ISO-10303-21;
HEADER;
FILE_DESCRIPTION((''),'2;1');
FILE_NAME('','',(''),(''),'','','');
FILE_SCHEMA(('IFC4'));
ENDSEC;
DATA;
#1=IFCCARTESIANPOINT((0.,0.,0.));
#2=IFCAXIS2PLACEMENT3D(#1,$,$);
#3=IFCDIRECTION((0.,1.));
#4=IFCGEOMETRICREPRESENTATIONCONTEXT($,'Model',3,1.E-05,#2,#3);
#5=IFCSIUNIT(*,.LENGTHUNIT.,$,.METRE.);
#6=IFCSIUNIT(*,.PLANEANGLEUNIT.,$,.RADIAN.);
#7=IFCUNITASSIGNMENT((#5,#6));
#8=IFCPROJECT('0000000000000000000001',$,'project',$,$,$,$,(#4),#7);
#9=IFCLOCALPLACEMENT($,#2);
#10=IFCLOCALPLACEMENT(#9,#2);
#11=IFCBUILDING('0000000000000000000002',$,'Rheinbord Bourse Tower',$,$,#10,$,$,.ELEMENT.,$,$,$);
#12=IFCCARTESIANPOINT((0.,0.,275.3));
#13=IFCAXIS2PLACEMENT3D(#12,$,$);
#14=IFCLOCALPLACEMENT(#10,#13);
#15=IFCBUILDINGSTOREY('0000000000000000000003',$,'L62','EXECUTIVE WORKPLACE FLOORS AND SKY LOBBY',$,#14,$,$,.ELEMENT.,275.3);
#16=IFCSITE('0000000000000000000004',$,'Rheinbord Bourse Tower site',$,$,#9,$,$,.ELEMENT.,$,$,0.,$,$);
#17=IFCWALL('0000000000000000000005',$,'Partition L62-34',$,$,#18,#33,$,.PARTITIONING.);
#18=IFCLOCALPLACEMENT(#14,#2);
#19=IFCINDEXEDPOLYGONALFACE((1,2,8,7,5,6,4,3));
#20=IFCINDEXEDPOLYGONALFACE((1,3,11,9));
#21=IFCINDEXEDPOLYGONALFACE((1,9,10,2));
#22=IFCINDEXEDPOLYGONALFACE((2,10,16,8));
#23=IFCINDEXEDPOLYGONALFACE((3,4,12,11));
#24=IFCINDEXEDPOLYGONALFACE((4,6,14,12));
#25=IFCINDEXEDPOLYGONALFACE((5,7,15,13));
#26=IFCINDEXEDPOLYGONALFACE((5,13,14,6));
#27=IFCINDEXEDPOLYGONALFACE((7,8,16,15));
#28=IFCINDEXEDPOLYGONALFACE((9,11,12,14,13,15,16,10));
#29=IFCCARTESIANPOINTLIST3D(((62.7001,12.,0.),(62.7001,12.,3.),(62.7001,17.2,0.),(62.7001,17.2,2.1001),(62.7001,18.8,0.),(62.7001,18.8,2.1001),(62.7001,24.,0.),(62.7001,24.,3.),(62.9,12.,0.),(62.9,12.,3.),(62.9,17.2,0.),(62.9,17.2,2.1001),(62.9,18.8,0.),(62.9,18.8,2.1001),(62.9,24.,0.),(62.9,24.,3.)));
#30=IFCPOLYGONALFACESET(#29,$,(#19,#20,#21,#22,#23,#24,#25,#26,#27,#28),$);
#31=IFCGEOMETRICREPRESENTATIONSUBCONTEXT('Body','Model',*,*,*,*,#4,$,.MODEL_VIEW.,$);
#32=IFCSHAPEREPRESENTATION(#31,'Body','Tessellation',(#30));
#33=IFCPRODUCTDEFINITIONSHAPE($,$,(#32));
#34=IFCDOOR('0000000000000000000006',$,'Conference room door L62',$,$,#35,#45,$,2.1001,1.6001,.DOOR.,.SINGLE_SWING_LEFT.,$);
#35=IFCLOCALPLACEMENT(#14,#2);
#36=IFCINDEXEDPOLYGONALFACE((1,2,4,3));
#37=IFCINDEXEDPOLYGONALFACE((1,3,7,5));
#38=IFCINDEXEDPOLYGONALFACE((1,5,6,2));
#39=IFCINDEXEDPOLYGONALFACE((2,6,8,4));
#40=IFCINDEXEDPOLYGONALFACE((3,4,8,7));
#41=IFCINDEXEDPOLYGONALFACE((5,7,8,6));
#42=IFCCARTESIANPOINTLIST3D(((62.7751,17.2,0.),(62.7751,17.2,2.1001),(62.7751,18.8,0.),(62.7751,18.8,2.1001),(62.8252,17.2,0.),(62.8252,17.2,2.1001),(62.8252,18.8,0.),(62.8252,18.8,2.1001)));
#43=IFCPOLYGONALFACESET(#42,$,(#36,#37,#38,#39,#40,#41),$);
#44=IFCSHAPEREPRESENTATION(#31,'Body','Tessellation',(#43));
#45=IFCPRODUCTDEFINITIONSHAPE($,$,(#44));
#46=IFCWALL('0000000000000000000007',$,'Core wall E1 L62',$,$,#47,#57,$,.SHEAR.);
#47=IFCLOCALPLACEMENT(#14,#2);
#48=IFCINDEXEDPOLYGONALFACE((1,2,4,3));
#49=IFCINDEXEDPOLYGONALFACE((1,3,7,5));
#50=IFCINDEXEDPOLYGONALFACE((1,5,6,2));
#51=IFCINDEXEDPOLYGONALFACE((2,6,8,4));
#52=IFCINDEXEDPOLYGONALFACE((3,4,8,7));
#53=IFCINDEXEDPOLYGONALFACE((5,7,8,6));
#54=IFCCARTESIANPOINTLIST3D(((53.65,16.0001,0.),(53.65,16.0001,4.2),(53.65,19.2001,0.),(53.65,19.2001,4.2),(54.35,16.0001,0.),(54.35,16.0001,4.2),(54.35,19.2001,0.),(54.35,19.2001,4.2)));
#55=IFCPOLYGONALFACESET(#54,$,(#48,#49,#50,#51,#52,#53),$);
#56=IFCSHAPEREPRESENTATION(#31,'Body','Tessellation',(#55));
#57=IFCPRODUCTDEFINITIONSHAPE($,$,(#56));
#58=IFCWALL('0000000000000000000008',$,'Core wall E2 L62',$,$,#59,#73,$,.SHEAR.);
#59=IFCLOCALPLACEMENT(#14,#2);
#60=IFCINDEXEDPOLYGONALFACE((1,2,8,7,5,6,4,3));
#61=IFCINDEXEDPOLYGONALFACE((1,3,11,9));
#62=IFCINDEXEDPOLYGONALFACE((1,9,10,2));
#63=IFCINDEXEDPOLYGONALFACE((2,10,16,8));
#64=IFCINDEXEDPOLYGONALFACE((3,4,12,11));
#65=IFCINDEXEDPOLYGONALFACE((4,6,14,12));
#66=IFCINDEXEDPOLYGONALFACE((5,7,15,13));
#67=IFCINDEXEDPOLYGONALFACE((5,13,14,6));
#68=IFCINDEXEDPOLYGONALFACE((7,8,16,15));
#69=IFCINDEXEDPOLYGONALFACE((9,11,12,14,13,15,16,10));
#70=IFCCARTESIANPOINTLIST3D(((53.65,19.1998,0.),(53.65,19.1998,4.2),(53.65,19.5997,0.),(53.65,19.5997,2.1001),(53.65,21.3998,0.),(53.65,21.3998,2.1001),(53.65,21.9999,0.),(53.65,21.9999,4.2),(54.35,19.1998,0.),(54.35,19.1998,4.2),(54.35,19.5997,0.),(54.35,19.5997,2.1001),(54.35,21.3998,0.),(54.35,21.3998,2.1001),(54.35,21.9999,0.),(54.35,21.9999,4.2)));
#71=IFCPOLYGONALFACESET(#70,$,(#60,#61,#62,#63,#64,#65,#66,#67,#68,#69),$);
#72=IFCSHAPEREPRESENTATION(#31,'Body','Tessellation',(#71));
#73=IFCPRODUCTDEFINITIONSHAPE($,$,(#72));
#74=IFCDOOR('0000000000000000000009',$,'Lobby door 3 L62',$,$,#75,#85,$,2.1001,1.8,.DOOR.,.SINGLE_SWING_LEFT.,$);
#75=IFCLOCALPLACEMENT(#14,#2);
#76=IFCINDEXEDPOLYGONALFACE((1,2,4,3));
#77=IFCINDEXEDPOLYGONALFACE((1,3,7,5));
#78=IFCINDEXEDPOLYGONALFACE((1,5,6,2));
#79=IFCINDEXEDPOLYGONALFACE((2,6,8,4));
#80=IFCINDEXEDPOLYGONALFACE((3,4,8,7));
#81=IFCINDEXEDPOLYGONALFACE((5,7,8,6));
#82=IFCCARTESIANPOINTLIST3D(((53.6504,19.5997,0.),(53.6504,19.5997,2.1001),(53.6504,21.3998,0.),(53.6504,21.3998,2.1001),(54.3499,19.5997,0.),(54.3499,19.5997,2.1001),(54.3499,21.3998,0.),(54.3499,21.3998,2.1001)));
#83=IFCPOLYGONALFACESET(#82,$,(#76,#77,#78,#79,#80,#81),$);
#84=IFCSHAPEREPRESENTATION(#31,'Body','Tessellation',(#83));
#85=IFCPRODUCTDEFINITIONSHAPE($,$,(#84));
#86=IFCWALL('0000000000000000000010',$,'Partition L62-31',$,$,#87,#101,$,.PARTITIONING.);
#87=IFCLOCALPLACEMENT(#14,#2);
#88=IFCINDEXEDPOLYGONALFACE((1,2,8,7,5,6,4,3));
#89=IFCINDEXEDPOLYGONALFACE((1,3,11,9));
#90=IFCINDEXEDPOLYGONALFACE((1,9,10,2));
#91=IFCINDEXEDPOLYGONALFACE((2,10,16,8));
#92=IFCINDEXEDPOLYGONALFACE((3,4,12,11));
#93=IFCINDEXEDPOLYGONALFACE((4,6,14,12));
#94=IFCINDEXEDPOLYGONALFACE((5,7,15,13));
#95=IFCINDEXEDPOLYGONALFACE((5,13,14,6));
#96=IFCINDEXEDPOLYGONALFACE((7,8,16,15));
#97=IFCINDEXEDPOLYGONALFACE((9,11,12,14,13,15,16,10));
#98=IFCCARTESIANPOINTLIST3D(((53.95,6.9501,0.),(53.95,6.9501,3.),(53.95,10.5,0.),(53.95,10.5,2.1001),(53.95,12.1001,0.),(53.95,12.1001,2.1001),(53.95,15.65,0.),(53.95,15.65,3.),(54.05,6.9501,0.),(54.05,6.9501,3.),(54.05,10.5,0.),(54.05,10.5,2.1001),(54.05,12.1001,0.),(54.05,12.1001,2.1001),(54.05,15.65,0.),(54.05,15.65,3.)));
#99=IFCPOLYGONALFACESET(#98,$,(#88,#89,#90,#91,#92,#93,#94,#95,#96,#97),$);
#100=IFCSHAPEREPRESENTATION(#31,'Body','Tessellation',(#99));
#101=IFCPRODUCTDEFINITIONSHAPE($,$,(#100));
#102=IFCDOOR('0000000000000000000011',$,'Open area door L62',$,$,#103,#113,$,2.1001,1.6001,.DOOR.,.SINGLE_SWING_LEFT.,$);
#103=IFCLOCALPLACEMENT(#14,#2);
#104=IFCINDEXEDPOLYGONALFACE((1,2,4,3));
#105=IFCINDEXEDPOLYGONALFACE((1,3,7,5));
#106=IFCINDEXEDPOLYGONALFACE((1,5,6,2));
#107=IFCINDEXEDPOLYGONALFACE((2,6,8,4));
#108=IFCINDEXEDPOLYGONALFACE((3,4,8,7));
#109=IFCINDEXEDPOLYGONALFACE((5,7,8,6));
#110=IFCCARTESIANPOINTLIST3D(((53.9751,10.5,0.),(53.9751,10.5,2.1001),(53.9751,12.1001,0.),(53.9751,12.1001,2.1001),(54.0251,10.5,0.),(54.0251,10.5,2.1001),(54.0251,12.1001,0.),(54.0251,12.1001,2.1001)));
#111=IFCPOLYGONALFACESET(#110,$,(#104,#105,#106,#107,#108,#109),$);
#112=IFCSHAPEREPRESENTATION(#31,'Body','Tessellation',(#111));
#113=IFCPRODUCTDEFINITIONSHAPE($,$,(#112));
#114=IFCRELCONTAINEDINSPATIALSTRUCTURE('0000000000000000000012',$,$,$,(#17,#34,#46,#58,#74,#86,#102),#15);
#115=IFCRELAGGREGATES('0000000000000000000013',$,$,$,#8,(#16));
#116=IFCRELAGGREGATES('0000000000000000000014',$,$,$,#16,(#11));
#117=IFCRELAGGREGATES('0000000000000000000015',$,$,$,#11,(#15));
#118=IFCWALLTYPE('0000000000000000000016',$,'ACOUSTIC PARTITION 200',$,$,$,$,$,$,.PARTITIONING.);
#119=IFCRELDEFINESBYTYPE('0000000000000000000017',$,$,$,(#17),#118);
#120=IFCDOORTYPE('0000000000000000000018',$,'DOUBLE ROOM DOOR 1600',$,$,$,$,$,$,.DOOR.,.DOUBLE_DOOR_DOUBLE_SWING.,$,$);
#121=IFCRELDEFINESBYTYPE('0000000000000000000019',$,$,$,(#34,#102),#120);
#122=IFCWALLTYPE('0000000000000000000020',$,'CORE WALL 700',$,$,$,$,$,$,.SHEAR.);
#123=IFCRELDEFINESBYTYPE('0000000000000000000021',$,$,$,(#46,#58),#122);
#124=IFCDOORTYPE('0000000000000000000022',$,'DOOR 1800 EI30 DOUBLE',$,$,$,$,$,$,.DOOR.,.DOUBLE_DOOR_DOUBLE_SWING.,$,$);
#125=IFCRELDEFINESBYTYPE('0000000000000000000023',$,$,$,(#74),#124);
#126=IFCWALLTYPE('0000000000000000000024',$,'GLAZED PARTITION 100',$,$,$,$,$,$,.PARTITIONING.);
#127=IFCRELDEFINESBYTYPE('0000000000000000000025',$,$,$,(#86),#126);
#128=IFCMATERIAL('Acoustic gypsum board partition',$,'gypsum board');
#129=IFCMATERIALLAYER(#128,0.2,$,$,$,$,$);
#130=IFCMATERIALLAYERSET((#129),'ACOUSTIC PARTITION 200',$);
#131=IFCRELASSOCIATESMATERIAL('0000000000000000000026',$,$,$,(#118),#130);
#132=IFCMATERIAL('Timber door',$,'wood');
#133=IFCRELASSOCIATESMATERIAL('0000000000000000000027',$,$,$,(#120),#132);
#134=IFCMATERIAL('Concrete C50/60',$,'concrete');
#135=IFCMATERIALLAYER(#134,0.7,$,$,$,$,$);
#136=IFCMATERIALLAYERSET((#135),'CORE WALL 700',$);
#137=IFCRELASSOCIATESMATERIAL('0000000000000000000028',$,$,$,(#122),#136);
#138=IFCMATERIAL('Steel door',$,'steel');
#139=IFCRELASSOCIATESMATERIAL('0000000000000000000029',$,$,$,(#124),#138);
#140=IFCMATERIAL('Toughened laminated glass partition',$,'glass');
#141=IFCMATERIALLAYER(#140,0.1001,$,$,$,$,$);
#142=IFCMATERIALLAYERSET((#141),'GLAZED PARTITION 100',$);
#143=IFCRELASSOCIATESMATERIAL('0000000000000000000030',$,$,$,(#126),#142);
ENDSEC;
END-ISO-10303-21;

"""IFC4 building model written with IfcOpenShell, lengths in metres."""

from ifc_helpers import new_model, si_unit, direction, frame, frame_2d, origin, place, context, subcontext, project, spatial, rectangle, extrude, material, layer, layer_set, type_object, element, fill, save


model = new_model("IFC4")

# Units and contexts
model_context = context("Model", 3, precision=1e-05, world=origin(), true_north=direction((0.0, 1.0)))
body_context = subcontext(model_context, "Body", "Model", "MODEL_VIEW")
ifc_project = project(units=[si_unit("LENGTHUNIT", "METRE"), si_unit("PLANEANGLEUNIT", "RADIAN")], contexts=[model_context])

# Site, building, storey
site_placement = place(None, origin())
site = spatial("IfcSite", under=ifc_project, at=site_placement, Name="Rheinbord Bourse Tower site", CompositionType="ELEMENT", RefElevation=0.0)
building_placement = place(site_placement, origin())
building = spatial("IfcBuilding", under=site, at=building_placement, Name="Rheinbord Bourse Tower", CompositionType="ELEMENT")
storey_placement = place(building_placement, frame((0.0, 0.0, 275.3)))
storey = spatial("IfcBuildingStorey", under=building, at=storey_placement, Name="L62", Description="EXECUTIVE WORKPLACE FLOORS AND SKY LOBBY", CompositionType="ELEMENT", Elevation=275.3)

# Shared definitions
ifc_material_1 = material(Name="Acoustic gypsum board partition", Category="gypsum board")
ifc_layer_1 = layer(ifc_material_1, 0.2)
ifc_layer_set_1 = layer_set([ifc_layer_1], Name="ACOUSTIC PARTITION 200")
wall_type_1 = type_object("IfcWallType", Name="ACOUSTIC PARTITION 200", PredefinedType="PARTITIONING", material=ifc_layer_set_1)

# Wall, opening, door
wall_1_placement = place(storey_placement, frame((62.8, 12.0, 0.0), z_axis=(0.0, 0.0, 1.0), x_axis=(0.0, 1.0, 0.0)))
wall_1 = element("IfcWall", 1, at=wall_1_placement, inside=storey, type_object=wall_type_1, Name="Partition L62-34", PredefinedType="PARTITIONING", context=body_context, shape_type="SweptSolid", body=[
    extrude(rectangle(XDim=12.0, YDim=0.2, at=frame_2d((6.0, 0.0))), origin(), (0.0, 0.0, 1.0), 3.0),
])
opening_1_placement = place(wall_1_placement, frame((5.2, 0.0, 0.0)))
opening_1 = element("IfcOpeningElement", 2, at=opening_1_placement, cuts=wall_1, PredefinedType="OPENING", context=body_context, shape_type="SweptSolid", body=[
    extrude(rectangle(XDim=1.6001, YDim=2.1001, at=frame_2d((0.8, 1.05))), frame((0.0, 0.1099, 0.0), z_axis=(0.0, -1.0, 0.0), x_axis=(1.0, 0.0, 0.0)), (0.0, 0.0, 1.0), 0.22),
])
ifc_material_2 = material(Name="Timber door", Category="wood")
door_type_1 = type_object("IfcDoorType", Name="DOUBLE ROOM DOOR 1600", OperationType="DOUBLE_DOOR_DOUBLE_SWING", PredefinedType="DOOR", material=ifc_material_2)
door_1_placement = place(opening_1_placement, origin())
door_1 = element("IfcDoor", 3, at=door_1_placement, inside=storey, type_object=door_type_1, Name="Conference room door L62", OperationType="SINGLE_SWING_LEFT", OverallHeight=2.1001, OverallWidth=1.6001, PredefinedType="DOOR", context=body_context, shape_type="SweptSolid", body=[
    extrude(rectangle(XDim=1.6001, YDim=2.1001, at=frame_2d((0.8, 1.05))), frame((0.0, 0.0249, 0.0), z_axis=(0.0, -1.0, 0.0), x_axis=(1.0, 0.0, 0.0)), (0.0, 0.0, 1.0), 0.05),
])
fill(opening_1, door_1)

# Wall
ifc_material_3 = material(Name="Concrete C50/60", Category="concrete")
ifc_layer_2 = layer(ifc_material_3, 0.7)
ifc_layer_set_2 = layer_set([ifc_layer_2], Name="CORE WALL 700")
wall_type_2 = type_object("IfcWallType", Name="CORE WALL 700", PredefinedType="SHEAR", material=ifc_layer_set_2)
wall_2_placement = place(storey_placement, frame((54.0, 16.0, 0.0), z_axis=(0.0, 0.0, 1.0), x_axis=(0.0, 1.0, 0.0)))
element("IfcWall", 4, at=wall_2_placement, inside=storey, type_object=wall_type_2, Name="Core wall E1 L62", PredefinedType="SHEAR", context=body_context, shape_type="SweptSolid", body=[
    extrude(rectangle(XDim=3.2, YDim=0.7, at=frame_2d((1.6001, 0.0))), origin(), (0.0, 0.0, 1.0), 4.2),
])

# Walls, openings, doors
wall_3_placement = place(storey_placement, frame((54.0, 19.2, 0.0), z_axis=(0.0, 0.0, 1.0), x_axis=(0.0, 1.0, 0.0)))
wall_3 = element("IfcWall", 5, at=wall_3_placement, inside=storey, type_object=wall_type_2, Name="Core wall E2 L62", PredefinedType="SHEAR", context=body_context, shape_type="SweptSolid", body=[
    extrude(rectangle(XDim=2.8, YDim=0.7, at=frame_2d((1.3999, 0.0))), origin(), (0.0, 0.0, 1.0), 4.2),
])
opening_2_placement = place(wall_3_placement, frame((0.3999, 0.0, 0.0)))
opening_2 = element("IfcOpeningElement", 6, at=opening_2_placement, cuts=wall_3, PredefinedType="OPENING", context=body_context, shape_type="SweptSolid", body=[
    extrude(rectangle(XDim=1.8, YDim=2.1001, at=frame_2d((0.8999, 1.05))), frame((0.0, 0.3599, 0.0), z_axis=(0.0, -1.0, 0.0), x_axis=(1.0, 0.0, 0.0)), (0.0, 0.0, 1.0), 0.72),
])
ifc_material_4 = material(Name="Steel door", Category="steel")
door_type_2 = type_object("IfcDoorType", Name="DOOR 1800 EI30 DOUBLE", OperationType="DOUBLE_DOOR_DOUBLE_SWING", PredefinedType="DOOR", material=ifc_material_4)
door_2_placement = place(opening_2_placement, origin())
door_2 = element("IfcDoor", 7, at=door_2_placement, inside=storey, type_object=door_type_2, Name="Lobby door 3 L62", OperationType="SINGLE_SWING_LEFT", OverallHeight=2.1001, OverallWidth=1.8, PredefinedType="DOOR", context=body_context, shape_type="SweptSolid", body=[
    extrude(rectangle(XDim=1.8, YDim=2.1001, at=frame_2d((0.8999, 1.05))), frame((0.0, 0.3496, 0.0), z_axis=(0.0, -1.0, 0.0), x_axis=(1.0, 0.0, 0.0)), (0.0, 0.0, 1.0), 0.6995),
])
fill(opening_2, door_2)
ifc_material_5 = material(Name="Toughened laminated glass partition", Category="glass")
ifc_layer_3 = layer(ifc_material_5, 0.1001)
ifc_layer_set_3 = layer_set([ifc_layer_3], Name="GLAZED PARTITION 100")
wall_type_3 = type_object("IfcWallType", Name="GLAZED PARTITION 100", PredefinedType="PARTITIONING", material=ifc_layer_set_3)
wall_4_placement = place(storey_placement, frame((54.0, 6.95, 0.0), z_axis=(0.0, 0.0, 1.0), x_axis=(0.0, 1.0, 0.0)))
wall_4 = element("IfcWall", 8, at=wall_4_placement, inside=storey, type_object=wall_type_3, Name="Partition L62-31", PredefinedType="PARTITIONING", context=body_context, shape_type="SweptSolid", body=[
    extrude(rectangle(XDim=8.7, YDim=0.1001, at=frame_2d((4.3501, 0.0))), origin(), (0.0, 0.0, 1.0), 3.0),
])
opening_3_placement = place(wall_4_placement, frame((3.55, 0.0, 0.0)))
opening_3 = element("IfcOpeningElement", 9, at=opening_3_placement, cuts=wall_4, PredefinedType="OPENING", context=body_context, shape_type="SweptSolid", body=[
    extrude(rectangle(XDim=1.6001, YDim=2.1001, at=frame_2d((0.8, 1.05))), frame((0.0, 0.0601, 0.0), z_axis=(0.0, -1.0, 0.0), x_axis=(1.0, 0.0, 0.0)), (0.0, 0.0, 1.0), 0.1201),
])
door_3_placement = place(opening_3_placement, origin())
door_3 = element("IfcDoor", 10, at=door_3_placement, inside=storey, type_object=door_type_1, Name="Open area door L62", OperationType="SINGLE_SWING_LEFT", OverallHeight=2.1001, OverallWidth=1.6001, PredefinedType="DOOR", context=body_context, shape_type="SweptSolid", body=[
    extrude(rectangle(XDim=1.6001, YDim=2.1001, at=frame_2d((0.8, 1.05))), frame((0.0, 0.0249, 0.0), z_axis=(0.0, -1.0, 0.0), x_axis=(1.0, 0.0, 0.0)), (0.0, 0.0, 1.0), 0.05),
])
fill(opening_3, door_3)

save(model, "model.ifc")
